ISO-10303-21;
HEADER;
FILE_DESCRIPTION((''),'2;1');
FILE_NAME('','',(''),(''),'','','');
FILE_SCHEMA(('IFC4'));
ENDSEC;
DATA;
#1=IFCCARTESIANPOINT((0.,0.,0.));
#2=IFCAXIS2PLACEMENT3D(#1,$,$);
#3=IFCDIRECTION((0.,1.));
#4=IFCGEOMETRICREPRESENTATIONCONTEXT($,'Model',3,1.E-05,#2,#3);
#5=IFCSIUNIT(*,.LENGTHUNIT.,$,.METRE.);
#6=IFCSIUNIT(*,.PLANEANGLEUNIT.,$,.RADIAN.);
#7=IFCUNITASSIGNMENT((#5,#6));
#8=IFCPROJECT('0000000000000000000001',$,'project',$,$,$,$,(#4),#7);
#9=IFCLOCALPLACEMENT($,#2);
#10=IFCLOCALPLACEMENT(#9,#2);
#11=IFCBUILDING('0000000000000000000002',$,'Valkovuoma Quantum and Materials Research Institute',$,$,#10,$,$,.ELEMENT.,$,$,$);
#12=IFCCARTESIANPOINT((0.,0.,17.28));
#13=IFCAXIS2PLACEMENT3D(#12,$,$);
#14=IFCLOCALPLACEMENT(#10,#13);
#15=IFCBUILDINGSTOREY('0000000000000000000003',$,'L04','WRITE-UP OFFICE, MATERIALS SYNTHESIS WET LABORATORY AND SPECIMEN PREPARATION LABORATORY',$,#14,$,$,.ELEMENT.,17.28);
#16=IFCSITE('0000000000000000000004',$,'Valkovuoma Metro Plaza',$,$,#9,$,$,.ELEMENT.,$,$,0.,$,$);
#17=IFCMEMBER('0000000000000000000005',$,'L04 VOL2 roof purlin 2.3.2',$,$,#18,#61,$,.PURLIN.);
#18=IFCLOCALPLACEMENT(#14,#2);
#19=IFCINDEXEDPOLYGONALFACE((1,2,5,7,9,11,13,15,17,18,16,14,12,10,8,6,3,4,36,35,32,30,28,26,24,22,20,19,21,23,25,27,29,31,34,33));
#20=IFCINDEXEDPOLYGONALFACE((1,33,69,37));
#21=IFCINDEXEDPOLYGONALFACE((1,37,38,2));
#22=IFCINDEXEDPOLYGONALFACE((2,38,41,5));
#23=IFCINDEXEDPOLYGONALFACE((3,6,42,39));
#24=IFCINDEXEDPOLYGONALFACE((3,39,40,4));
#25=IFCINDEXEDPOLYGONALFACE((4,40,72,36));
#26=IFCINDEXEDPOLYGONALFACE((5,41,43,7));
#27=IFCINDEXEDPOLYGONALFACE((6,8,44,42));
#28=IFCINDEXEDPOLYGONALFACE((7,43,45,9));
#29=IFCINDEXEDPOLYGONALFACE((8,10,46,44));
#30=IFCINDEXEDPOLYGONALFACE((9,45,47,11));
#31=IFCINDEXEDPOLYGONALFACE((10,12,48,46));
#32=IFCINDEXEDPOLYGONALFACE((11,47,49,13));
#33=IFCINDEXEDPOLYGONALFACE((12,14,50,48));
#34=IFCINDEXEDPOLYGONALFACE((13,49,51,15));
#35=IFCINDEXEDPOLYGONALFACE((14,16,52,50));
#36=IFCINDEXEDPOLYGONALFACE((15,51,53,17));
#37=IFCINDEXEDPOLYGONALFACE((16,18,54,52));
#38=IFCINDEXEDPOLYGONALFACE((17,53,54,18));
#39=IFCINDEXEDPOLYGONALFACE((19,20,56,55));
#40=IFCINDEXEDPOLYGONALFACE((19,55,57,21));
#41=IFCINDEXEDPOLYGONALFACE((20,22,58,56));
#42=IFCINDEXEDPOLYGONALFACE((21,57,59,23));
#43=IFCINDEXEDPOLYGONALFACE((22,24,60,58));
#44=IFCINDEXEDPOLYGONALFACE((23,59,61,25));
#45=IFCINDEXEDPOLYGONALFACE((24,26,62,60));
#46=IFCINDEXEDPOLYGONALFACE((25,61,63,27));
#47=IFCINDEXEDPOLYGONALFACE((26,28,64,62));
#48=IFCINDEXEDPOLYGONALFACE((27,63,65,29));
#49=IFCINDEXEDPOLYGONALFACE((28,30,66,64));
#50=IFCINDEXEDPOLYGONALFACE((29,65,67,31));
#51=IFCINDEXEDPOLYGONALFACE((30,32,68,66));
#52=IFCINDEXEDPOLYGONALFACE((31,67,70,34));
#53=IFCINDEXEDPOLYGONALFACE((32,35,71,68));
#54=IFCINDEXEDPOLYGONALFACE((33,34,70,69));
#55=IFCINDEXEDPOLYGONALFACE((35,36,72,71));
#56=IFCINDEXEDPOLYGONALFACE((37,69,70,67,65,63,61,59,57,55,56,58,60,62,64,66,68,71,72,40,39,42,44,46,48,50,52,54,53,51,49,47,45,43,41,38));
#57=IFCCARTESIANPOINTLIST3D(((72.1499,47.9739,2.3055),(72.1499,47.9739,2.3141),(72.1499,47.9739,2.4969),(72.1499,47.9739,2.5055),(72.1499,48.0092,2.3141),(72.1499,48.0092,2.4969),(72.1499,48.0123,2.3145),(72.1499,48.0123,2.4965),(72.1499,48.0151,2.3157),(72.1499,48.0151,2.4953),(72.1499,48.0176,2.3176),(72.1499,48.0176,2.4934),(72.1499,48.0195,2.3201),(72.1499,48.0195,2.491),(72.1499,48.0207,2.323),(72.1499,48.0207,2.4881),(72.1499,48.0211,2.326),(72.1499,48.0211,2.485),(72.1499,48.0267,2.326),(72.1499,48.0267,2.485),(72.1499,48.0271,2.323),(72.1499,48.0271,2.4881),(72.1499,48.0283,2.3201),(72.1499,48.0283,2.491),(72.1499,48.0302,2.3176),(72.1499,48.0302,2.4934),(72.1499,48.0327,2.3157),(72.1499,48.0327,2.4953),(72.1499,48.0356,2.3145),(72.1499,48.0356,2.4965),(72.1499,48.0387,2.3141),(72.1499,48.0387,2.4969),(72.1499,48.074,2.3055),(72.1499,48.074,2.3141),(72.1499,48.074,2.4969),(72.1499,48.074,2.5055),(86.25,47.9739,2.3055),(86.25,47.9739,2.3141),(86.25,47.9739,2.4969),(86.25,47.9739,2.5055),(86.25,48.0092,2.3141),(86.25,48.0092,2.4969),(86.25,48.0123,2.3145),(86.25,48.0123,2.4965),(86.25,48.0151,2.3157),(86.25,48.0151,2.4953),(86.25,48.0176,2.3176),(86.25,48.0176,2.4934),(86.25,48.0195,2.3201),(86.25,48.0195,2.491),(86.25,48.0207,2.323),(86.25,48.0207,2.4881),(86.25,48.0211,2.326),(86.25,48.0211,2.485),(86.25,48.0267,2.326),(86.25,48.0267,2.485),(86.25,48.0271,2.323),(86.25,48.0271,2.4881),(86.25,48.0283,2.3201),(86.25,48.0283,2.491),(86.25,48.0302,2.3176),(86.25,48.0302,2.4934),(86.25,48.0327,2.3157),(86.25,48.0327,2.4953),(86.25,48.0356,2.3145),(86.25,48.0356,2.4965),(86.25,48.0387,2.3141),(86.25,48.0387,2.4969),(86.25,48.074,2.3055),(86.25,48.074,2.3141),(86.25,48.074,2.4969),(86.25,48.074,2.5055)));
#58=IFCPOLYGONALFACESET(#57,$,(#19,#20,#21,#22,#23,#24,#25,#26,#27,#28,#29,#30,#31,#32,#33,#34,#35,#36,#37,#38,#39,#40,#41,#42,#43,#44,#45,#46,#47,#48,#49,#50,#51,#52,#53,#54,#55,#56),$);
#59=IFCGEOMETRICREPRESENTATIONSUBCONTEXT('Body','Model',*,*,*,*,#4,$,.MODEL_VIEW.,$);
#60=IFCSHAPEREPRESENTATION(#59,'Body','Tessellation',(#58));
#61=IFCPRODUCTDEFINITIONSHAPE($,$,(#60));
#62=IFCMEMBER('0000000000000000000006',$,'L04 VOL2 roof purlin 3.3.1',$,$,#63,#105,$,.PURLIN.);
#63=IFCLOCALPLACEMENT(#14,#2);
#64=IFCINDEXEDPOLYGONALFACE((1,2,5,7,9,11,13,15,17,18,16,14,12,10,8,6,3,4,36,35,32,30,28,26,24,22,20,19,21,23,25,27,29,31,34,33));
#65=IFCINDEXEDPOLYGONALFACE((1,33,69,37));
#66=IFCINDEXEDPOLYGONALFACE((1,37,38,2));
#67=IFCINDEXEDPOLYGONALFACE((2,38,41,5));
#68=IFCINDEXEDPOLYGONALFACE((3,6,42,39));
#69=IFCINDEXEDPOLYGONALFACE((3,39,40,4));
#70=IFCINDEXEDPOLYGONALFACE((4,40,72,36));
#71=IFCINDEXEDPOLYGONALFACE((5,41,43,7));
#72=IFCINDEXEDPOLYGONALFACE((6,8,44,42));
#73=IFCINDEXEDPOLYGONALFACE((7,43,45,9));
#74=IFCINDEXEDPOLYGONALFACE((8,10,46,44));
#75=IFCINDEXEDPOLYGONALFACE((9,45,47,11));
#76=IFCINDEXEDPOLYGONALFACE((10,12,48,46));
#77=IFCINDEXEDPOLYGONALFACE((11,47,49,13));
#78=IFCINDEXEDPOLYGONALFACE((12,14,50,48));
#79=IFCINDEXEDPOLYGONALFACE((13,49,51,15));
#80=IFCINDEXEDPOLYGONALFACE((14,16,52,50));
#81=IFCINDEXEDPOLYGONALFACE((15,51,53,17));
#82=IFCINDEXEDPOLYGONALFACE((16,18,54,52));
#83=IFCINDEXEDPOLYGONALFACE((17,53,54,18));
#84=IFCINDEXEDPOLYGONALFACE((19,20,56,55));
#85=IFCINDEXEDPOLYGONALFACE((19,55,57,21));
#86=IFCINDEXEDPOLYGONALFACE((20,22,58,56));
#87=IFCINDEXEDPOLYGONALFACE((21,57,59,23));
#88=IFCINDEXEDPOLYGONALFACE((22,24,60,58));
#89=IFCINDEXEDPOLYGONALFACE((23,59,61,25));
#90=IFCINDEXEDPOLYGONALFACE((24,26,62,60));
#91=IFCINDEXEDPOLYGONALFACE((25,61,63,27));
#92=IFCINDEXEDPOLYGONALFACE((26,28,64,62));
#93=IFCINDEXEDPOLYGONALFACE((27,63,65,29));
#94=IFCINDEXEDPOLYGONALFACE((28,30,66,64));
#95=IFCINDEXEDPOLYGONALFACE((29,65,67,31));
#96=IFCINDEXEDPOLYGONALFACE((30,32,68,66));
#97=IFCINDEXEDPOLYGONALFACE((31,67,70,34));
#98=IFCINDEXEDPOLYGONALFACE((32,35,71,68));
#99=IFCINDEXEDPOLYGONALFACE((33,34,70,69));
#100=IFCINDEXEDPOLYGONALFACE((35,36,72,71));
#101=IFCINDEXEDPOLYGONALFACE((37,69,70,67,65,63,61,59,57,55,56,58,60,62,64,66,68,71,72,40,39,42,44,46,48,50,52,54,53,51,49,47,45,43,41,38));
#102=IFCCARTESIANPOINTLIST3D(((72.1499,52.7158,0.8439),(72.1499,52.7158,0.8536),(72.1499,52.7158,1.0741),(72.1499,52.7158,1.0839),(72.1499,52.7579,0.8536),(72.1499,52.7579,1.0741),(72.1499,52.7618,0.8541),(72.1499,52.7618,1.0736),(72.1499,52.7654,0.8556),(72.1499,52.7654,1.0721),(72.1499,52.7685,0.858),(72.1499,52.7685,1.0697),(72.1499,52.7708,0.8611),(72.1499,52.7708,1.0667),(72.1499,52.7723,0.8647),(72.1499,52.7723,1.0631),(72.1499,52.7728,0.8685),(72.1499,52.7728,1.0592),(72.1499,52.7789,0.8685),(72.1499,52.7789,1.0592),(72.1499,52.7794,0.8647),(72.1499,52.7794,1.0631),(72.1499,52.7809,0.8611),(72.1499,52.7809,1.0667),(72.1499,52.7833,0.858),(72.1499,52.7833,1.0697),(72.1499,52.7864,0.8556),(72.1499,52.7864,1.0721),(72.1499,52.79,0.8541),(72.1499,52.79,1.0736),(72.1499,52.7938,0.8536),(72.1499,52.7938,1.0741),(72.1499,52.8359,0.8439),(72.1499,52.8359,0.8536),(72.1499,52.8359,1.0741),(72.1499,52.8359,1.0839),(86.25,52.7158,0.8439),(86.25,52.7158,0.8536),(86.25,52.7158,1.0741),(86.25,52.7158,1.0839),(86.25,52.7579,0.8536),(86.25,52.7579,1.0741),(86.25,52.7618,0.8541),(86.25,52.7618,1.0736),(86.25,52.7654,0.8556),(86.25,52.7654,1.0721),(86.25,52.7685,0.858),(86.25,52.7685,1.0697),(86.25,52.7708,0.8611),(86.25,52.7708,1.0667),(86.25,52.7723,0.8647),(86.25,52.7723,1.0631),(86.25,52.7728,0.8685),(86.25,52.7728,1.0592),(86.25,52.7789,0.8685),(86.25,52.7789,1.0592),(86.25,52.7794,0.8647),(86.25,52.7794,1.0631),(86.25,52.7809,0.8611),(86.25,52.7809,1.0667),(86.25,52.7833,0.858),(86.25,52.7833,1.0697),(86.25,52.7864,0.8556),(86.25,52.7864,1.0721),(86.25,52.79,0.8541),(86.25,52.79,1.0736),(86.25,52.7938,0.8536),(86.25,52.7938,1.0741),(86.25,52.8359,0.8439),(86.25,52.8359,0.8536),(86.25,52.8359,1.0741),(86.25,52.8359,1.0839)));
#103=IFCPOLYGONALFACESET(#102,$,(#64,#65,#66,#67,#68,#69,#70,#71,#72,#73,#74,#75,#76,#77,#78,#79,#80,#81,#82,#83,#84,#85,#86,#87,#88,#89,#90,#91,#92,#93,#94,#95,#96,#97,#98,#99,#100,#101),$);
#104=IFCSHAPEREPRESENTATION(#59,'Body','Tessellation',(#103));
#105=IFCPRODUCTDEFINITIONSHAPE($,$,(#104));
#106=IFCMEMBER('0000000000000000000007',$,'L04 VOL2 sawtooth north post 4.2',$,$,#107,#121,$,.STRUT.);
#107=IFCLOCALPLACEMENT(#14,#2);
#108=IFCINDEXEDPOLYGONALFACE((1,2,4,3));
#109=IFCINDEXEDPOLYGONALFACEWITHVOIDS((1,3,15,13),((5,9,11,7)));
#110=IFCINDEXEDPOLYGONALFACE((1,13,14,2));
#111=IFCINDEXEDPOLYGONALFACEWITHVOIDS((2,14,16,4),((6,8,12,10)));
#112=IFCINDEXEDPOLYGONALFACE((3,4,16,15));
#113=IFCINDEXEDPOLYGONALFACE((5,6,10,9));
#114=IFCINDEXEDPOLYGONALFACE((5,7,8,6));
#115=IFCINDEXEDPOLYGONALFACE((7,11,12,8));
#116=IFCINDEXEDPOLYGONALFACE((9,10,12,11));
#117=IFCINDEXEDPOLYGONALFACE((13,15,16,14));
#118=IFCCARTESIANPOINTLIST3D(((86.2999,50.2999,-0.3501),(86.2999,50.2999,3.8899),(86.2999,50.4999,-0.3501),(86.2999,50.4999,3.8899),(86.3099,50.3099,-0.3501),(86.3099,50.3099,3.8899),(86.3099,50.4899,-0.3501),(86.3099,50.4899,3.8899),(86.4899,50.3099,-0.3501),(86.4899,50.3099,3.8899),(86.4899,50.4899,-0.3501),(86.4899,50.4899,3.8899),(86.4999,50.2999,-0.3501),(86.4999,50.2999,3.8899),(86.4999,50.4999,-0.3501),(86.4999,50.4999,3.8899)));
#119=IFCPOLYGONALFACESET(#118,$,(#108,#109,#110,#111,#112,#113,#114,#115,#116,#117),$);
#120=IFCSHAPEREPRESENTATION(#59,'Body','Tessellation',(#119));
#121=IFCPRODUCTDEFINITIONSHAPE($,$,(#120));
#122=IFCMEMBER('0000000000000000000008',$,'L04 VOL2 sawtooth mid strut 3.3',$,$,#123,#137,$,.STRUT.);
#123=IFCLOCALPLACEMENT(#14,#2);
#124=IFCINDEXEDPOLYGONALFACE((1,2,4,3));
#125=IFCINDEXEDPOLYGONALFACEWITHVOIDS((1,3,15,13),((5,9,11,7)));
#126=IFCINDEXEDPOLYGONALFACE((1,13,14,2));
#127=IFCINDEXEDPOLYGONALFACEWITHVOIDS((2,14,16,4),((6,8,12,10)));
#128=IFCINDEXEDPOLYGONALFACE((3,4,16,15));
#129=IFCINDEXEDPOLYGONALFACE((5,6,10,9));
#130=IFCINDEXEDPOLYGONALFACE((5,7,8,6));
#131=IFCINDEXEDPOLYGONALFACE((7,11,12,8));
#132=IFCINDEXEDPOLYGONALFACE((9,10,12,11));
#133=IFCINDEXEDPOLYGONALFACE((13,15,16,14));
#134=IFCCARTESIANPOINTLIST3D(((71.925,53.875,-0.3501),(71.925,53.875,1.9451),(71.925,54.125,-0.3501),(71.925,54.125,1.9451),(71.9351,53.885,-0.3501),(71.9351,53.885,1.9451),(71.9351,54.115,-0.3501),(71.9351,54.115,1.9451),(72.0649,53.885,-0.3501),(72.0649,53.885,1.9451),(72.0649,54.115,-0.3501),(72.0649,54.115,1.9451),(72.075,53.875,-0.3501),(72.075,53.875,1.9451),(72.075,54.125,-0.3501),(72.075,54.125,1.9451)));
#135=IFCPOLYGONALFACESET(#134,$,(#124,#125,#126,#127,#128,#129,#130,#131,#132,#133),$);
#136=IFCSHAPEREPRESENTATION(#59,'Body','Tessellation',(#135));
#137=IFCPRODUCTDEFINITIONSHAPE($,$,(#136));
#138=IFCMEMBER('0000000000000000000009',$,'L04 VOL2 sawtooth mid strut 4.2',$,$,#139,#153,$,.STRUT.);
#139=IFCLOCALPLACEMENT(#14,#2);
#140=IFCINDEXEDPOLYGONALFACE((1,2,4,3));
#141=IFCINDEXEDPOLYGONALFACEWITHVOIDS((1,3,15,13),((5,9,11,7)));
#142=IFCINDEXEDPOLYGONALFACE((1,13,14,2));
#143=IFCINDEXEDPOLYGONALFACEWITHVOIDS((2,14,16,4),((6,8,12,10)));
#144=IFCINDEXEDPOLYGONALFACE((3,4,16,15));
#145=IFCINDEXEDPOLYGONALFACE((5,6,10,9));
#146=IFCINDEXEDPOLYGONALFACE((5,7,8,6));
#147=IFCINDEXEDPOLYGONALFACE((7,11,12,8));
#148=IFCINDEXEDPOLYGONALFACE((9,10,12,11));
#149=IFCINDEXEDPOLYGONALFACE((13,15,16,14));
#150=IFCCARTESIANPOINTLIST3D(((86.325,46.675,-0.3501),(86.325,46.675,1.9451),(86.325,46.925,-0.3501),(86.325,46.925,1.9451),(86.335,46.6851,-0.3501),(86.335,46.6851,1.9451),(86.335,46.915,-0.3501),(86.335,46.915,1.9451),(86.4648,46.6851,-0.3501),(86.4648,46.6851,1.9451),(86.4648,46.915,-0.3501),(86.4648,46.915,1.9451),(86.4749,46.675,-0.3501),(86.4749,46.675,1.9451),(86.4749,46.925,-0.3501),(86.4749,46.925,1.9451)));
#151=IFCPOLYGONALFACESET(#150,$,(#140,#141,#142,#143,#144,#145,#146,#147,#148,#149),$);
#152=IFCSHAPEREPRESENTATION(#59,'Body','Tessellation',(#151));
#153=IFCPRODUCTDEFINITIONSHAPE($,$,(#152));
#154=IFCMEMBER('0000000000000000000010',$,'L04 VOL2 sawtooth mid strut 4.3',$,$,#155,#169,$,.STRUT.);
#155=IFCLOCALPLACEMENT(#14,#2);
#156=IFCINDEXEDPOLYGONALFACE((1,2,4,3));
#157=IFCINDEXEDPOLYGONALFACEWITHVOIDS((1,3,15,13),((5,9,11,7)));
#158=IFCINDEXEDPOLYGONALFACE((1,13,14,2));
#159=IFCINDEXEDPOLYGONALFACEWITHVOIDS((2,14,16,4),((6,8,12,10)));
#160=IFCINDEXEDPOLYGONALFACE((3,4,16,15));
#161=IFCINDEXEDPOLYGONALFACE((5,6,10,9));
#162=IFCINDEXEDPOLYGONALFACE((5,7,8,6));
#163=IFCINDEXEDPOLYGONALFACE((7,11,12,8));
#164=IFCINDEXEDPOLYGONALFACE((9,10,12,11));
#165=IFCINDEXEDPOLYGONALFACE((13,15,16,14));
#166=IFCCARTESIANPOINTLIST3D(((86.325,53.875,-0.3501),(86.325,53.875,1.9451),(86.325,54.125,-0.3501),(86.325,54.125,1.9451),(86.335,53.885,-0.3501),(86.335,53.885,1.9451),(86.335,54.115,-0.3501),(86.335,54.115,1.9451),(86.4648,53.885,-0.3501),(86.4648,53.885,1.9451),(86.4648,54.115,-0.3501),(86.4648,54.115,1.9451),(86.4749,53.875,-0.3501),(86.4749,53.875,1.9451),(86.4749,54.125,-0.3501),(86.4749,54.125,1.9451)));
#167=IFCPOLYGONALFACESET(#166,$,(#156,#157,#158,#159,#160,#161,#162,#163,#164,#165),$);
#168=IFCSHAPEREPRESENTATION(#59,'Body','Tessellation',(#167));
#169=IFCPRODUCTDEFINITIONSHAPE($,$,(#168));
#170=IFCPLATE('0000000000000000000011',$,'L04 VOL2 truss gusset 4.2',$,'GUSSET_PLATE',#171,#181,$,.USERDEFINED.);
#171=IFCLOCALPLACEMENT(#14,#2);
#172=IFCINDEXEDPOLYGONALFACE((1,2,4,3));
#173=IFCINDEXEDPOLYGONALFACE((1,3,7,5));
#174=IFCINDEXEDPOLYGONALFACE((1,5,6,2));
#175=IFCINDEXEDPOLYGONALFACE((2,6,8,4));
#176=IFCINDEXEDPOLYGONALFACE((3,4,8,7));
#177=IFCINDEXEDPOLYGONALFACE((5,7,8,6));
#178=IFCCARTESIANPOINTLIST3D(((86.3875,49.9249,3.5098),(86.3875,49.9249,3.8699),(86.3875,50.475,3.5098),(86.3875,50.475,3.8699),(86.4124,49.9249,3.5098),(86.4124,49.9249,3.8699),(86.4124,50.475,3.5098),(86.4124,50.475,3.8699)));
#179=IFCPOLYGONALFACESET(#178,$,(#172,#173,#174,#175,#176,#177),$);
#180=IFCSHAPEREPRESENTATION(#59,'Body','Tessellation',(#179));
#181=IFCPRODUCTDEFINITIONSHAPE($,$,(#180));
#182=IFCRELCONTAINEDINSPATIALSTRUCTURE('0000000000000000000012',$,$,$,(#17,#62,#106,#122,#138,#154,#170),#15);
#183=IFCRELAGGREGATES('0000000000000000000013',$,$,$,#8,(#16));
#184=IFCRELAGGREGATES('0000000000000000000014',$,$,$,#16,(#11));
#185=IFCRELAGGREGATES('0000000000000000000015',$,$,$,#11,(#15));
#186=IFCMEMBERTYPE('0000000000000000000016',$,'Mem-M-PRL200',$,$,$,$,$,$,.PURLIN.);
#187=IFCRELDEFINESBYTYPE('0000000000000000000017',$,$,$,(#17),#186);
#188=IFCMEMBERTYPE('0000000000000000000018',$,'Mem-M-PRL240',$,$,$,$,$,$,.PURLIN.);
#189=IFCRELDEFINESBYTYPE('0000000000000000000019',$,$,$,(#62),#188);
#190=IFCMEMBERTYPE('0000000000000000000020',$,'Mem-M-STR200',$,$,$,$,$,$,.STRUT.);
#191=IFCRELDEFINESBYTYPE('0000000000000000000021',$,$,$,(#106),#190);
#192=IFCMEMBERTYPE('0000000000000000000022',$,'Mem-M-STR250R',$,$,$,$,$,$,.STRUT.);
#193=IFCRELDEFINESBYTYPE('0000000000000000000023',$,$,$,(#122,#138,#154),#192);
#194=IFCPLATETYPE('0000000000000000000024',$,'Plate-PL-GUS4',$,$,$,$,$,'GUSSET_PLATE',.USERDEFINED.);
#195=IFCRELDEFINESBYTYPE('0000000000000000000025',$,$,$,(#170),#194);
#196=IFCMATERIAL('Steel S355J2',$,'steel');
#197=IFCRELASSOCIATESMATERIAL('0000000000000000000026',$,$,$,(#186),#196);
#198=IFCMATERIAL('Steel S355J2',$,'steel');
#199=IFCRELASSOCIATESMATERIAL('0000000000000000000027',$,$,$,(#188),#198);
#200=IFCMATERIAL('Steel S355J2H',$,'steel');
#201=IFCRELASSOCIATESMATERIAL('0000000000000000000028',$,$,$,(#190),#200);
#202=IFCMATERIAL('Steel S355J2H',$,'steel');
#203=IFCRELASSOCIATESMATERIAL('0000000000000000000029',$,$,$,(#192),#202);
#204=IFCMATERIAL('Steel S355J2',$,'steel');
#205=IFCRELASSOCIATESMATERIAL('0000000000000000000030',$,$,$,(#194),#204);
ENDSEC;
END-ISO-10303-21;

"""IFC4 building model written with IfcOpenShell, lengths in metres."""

from ifc_helpers import new_model, si_unit, direction, frame, origin, origin_2d, place, context, subcontext, project, spatial, rectangle, hollow_rectangle, i_section, extrude, material, material_profile, profile_set, type_object, element, save


model = new_model("IFC4")

# Units and contexts
model_context = context("Model", 3, precision=1e-05, world=origin(), true_north=direction((0.0, 1.0)))
body_context = subcontext(model_context, "Body", "Model", "MODEL_VIEW")
ifc_project = project(units=[si_unit("LENGTHUNIT", "METRE"), si_unit("PLANEANGLEUNIT", "RADIAN")], contexts=[model_context])

# Site, building, storey
site_placement = place(None, origin())
site = spatial("IfcSite", under=ifc_project, at=site_placement, Name="Valkovuoma Metro Plaza", CompositionType="ELEMENT", RefElevation=0.0)
building_placement = place(site_placement, origin())
building = spatial("IfcBuilding", under=site, at=building_placement, Name="Valkovuoma Quantum and Materials Research Institute", CompositionType="ELEMENT")
storey_placement = place(building_placement, frame((0.0, 0.0, 17.28)))
storey = spatial("IfcBuildingStorey", under=building, at=storey_placement, Name="L04", Description="WRITE-UP OFFICE, MATERIALS SYNTHESIS WET LABORATORY AND SPECIMEN PREPARATION LABORATORY", CompositionType="ELEMENT", Elevation=17.28)

# Members
ifc_material_1 = material(Name="Steel S355J2", Category="steel")
ifc_material_profile_1 = material_profile(ifc_material_1, i_section(OverallWidth=0.1001, OverallDepth=0.2, WebThickness=0.0056, FlangeThickness=0.0085, FilletRadius=0.012, at=origin_2d()), Name="Steel S355J2")
ifc_profile_set_1 = profile_set([ifc_material_profile_1], Name="Steel S355J2")
member_type_1 = type_object("IfcMemberType", Name="Mem-M-PRL200", PredefinedType="PURLIN", material=ifc_profile_set_1)
member_1_placement = place(storey_placement, frame((72.1499, 48.0239, 2.4055), z_axis=(1.0, 0.0, 0.0), x_axis=(0.0, 1.0, 0.0)))
element("IfcMember", 1, at=member_1_placement, inside=storey, type_object=member_type_1, Name="L04 VOL2 roof purlin 2.3.2", PredefinedType="PURLIN", context=body_context, shape_type="SweptSolid", body=[
    extrude(i_section(OverallWidth=0.1001, OverallDepth=0.2, WebThickness=0.0056, FlangeThickness=0.0085, FilletRadius=0.012, at=origin_2d()), origin(), (0.0, 0.0, 1.0), 14.1001),
])
ifc_material_2 = material(Name="Steel S355J2", Category="steel")
ifc_material_profile_2 = material_profile(ifc_material_2, i_section(OverallWidth=0.1201, OverallDepth=0.24, WebThickness=0.0061, FlangeThickness=0.0098, FilletRadius=0.0149, at=origin_2d()), Name="Steel S355J2")
ifc_profile_set_2 = profile_set([ifc_material_profile_2], Name="Steel S355J2")
member_type_2 = type_object("IfcMemberType", Name="Mem-M-PRL240", PredefinedType="PURLIN", material=ifc_profile_set_2)
member_2_placement = place(storey_placement, frame((72.1499, 52.7759, 0.9639), z_axis=(1.0, 0.0, 0.0), x_axis=(0.0, 1.0, 0.0)))
element("IfcMember", 2, at=member_2_placement, inside=storey, type_object=member_type_2, Name="L04 VOL2 roof purlin 3.3.1", PredefinedType="PURLIN", context=body_context, shape_type="SweptSolid", body=[
    extrude(i_section(OverallWidth=0.1201, OverallDepth=0.24, WebThickness=0.0061, FlangeThickness=0.0098, FilletRadius=0.0149, at=origin_2d()), origin(), (0.0, 0.0, 1.0), 14.1001),
])
ifc_material_3 = material(Name="Steel S355J2H", Category="steel")
ifc_material_profile_3 = material_profile(ifc_material_3, hollow_rectangle(XDim=0.2, YDim=0.2, WallThickness=0.01, at=origin_2d()), Name="Steel S355J2H")
ifc_profile_set_3 = profile_set([ifc_material_profile_3], Name="Steel S355J2H")
member_type_3 = type_object("IfcMemberType", Name="Mem-M-STR200", PredefinedType="STRUT", material=ifc_profile_set_3)
member_3_placement = place(storey_placement, frame((86.3999, 50.3999, -0.3501), z_axis=(0.0, 0.0, 1.0), x_axis=(1.0, 0.0, 0.0)))
element("IfcMember", 3, at=member_3_placement, inside=storey, type_object=member_type_3, Name="L04 VOL2 sawtooth north post 4.2", PredefinedType="STRUT", context=body_context, shape_type="SweptSolid", body=[
    extrude(hollow_rectangle(XDim=0.2, YDim=0.2, WallThickness=0.01, at=origin_2d()), origin(), (0.0, 0.0, 1.0), 4.24),
])
ifc_material_4 = material(Name="Steel S355J2H", Category="steel")
ifc_material_profile_4 = material_profile(ifc_material_4, hollow_rectangle(XDim=0.1499, YDim=0.25, WallThickness=0.01, at=origin_2d()), Name="Steel S355J2H")
ifc_profile_set_4 = profile_set([ifc_material_profile_4], Name="Steel S355J2H")
member_type_4 = type_object("IfcMemberType", Name="Mem-M-STR250R", PredefinedType="STRUT", material=ifc_profile_set_4)
for number, where, z_axis, x_axis, name in (
    (4, (72.0, 54.0, -0.3501), (0.0, 0.0, 1.0), (1.0, 0.0, 0.0), "L04 VOL2 sawtooth mid strut 3.3"),
    (5, (86.3999, 46.8, -0.3501), (0.0, 0.0, 1.0), (1.0, 0.0, 0.0), "L04 VOL2 sawtooth mid strut 4.2"),
    (6, (86.3999, 54.0, -0.3501), (0.0, 0.0, 1.0), (1.0, 0.0, 0.0), "L04 VOL2 sawtooth mid strut 4.3"),
):
    element("IfcMember", number, at=place(storey_placement, frame(where, z_axis=z_axis, x_axis=x_axis)), inside=storey, type_object=member_type_4, Name=name, PredefinedType="STRUT", context=body_context, shape_type="SweptSolid", body=[
        extrude(hollow_rectangle(XDim=0.1499, YDim=0.25, WallThickness=0.01, at=origin_2d()), origin(), (0.0, 0.0, 1.0), 2.2952),
    ])

# Plate
ifc_material_5 = material(Name="Steel S355J2", Category="steel")
plate_type = type_object("IfcPlateType", Name="Plate-PL-GUS4", ElementType="GUSSET_PLATE", PredefinedType="USERDEFINED", material=ifc_material_5)
plate_placement = place(storey_placement, frame((86.3999, 50.2, 3.5098), z_axis=(0.0, 0.0, 1.0), x_axis=(0.0, 1.0, 0.0)))
element("IfcPlate", 7, at=plate_placement, inside=storey, type_object=plate_type, Name="L04 VOL2 truss gusset 4.2", ObjectType="GUSSET_PLATE", PredefinedType="USERDEFINED", context=body_context, shape_type="SweptSolid", body=[
    extrude(rectangle(XDim=0.55, YDim=0.0249, at=origin_2d()), origin(), (0.0, 0.0, 1.0), 0.3601),
])

save(model, "model.ifc")
